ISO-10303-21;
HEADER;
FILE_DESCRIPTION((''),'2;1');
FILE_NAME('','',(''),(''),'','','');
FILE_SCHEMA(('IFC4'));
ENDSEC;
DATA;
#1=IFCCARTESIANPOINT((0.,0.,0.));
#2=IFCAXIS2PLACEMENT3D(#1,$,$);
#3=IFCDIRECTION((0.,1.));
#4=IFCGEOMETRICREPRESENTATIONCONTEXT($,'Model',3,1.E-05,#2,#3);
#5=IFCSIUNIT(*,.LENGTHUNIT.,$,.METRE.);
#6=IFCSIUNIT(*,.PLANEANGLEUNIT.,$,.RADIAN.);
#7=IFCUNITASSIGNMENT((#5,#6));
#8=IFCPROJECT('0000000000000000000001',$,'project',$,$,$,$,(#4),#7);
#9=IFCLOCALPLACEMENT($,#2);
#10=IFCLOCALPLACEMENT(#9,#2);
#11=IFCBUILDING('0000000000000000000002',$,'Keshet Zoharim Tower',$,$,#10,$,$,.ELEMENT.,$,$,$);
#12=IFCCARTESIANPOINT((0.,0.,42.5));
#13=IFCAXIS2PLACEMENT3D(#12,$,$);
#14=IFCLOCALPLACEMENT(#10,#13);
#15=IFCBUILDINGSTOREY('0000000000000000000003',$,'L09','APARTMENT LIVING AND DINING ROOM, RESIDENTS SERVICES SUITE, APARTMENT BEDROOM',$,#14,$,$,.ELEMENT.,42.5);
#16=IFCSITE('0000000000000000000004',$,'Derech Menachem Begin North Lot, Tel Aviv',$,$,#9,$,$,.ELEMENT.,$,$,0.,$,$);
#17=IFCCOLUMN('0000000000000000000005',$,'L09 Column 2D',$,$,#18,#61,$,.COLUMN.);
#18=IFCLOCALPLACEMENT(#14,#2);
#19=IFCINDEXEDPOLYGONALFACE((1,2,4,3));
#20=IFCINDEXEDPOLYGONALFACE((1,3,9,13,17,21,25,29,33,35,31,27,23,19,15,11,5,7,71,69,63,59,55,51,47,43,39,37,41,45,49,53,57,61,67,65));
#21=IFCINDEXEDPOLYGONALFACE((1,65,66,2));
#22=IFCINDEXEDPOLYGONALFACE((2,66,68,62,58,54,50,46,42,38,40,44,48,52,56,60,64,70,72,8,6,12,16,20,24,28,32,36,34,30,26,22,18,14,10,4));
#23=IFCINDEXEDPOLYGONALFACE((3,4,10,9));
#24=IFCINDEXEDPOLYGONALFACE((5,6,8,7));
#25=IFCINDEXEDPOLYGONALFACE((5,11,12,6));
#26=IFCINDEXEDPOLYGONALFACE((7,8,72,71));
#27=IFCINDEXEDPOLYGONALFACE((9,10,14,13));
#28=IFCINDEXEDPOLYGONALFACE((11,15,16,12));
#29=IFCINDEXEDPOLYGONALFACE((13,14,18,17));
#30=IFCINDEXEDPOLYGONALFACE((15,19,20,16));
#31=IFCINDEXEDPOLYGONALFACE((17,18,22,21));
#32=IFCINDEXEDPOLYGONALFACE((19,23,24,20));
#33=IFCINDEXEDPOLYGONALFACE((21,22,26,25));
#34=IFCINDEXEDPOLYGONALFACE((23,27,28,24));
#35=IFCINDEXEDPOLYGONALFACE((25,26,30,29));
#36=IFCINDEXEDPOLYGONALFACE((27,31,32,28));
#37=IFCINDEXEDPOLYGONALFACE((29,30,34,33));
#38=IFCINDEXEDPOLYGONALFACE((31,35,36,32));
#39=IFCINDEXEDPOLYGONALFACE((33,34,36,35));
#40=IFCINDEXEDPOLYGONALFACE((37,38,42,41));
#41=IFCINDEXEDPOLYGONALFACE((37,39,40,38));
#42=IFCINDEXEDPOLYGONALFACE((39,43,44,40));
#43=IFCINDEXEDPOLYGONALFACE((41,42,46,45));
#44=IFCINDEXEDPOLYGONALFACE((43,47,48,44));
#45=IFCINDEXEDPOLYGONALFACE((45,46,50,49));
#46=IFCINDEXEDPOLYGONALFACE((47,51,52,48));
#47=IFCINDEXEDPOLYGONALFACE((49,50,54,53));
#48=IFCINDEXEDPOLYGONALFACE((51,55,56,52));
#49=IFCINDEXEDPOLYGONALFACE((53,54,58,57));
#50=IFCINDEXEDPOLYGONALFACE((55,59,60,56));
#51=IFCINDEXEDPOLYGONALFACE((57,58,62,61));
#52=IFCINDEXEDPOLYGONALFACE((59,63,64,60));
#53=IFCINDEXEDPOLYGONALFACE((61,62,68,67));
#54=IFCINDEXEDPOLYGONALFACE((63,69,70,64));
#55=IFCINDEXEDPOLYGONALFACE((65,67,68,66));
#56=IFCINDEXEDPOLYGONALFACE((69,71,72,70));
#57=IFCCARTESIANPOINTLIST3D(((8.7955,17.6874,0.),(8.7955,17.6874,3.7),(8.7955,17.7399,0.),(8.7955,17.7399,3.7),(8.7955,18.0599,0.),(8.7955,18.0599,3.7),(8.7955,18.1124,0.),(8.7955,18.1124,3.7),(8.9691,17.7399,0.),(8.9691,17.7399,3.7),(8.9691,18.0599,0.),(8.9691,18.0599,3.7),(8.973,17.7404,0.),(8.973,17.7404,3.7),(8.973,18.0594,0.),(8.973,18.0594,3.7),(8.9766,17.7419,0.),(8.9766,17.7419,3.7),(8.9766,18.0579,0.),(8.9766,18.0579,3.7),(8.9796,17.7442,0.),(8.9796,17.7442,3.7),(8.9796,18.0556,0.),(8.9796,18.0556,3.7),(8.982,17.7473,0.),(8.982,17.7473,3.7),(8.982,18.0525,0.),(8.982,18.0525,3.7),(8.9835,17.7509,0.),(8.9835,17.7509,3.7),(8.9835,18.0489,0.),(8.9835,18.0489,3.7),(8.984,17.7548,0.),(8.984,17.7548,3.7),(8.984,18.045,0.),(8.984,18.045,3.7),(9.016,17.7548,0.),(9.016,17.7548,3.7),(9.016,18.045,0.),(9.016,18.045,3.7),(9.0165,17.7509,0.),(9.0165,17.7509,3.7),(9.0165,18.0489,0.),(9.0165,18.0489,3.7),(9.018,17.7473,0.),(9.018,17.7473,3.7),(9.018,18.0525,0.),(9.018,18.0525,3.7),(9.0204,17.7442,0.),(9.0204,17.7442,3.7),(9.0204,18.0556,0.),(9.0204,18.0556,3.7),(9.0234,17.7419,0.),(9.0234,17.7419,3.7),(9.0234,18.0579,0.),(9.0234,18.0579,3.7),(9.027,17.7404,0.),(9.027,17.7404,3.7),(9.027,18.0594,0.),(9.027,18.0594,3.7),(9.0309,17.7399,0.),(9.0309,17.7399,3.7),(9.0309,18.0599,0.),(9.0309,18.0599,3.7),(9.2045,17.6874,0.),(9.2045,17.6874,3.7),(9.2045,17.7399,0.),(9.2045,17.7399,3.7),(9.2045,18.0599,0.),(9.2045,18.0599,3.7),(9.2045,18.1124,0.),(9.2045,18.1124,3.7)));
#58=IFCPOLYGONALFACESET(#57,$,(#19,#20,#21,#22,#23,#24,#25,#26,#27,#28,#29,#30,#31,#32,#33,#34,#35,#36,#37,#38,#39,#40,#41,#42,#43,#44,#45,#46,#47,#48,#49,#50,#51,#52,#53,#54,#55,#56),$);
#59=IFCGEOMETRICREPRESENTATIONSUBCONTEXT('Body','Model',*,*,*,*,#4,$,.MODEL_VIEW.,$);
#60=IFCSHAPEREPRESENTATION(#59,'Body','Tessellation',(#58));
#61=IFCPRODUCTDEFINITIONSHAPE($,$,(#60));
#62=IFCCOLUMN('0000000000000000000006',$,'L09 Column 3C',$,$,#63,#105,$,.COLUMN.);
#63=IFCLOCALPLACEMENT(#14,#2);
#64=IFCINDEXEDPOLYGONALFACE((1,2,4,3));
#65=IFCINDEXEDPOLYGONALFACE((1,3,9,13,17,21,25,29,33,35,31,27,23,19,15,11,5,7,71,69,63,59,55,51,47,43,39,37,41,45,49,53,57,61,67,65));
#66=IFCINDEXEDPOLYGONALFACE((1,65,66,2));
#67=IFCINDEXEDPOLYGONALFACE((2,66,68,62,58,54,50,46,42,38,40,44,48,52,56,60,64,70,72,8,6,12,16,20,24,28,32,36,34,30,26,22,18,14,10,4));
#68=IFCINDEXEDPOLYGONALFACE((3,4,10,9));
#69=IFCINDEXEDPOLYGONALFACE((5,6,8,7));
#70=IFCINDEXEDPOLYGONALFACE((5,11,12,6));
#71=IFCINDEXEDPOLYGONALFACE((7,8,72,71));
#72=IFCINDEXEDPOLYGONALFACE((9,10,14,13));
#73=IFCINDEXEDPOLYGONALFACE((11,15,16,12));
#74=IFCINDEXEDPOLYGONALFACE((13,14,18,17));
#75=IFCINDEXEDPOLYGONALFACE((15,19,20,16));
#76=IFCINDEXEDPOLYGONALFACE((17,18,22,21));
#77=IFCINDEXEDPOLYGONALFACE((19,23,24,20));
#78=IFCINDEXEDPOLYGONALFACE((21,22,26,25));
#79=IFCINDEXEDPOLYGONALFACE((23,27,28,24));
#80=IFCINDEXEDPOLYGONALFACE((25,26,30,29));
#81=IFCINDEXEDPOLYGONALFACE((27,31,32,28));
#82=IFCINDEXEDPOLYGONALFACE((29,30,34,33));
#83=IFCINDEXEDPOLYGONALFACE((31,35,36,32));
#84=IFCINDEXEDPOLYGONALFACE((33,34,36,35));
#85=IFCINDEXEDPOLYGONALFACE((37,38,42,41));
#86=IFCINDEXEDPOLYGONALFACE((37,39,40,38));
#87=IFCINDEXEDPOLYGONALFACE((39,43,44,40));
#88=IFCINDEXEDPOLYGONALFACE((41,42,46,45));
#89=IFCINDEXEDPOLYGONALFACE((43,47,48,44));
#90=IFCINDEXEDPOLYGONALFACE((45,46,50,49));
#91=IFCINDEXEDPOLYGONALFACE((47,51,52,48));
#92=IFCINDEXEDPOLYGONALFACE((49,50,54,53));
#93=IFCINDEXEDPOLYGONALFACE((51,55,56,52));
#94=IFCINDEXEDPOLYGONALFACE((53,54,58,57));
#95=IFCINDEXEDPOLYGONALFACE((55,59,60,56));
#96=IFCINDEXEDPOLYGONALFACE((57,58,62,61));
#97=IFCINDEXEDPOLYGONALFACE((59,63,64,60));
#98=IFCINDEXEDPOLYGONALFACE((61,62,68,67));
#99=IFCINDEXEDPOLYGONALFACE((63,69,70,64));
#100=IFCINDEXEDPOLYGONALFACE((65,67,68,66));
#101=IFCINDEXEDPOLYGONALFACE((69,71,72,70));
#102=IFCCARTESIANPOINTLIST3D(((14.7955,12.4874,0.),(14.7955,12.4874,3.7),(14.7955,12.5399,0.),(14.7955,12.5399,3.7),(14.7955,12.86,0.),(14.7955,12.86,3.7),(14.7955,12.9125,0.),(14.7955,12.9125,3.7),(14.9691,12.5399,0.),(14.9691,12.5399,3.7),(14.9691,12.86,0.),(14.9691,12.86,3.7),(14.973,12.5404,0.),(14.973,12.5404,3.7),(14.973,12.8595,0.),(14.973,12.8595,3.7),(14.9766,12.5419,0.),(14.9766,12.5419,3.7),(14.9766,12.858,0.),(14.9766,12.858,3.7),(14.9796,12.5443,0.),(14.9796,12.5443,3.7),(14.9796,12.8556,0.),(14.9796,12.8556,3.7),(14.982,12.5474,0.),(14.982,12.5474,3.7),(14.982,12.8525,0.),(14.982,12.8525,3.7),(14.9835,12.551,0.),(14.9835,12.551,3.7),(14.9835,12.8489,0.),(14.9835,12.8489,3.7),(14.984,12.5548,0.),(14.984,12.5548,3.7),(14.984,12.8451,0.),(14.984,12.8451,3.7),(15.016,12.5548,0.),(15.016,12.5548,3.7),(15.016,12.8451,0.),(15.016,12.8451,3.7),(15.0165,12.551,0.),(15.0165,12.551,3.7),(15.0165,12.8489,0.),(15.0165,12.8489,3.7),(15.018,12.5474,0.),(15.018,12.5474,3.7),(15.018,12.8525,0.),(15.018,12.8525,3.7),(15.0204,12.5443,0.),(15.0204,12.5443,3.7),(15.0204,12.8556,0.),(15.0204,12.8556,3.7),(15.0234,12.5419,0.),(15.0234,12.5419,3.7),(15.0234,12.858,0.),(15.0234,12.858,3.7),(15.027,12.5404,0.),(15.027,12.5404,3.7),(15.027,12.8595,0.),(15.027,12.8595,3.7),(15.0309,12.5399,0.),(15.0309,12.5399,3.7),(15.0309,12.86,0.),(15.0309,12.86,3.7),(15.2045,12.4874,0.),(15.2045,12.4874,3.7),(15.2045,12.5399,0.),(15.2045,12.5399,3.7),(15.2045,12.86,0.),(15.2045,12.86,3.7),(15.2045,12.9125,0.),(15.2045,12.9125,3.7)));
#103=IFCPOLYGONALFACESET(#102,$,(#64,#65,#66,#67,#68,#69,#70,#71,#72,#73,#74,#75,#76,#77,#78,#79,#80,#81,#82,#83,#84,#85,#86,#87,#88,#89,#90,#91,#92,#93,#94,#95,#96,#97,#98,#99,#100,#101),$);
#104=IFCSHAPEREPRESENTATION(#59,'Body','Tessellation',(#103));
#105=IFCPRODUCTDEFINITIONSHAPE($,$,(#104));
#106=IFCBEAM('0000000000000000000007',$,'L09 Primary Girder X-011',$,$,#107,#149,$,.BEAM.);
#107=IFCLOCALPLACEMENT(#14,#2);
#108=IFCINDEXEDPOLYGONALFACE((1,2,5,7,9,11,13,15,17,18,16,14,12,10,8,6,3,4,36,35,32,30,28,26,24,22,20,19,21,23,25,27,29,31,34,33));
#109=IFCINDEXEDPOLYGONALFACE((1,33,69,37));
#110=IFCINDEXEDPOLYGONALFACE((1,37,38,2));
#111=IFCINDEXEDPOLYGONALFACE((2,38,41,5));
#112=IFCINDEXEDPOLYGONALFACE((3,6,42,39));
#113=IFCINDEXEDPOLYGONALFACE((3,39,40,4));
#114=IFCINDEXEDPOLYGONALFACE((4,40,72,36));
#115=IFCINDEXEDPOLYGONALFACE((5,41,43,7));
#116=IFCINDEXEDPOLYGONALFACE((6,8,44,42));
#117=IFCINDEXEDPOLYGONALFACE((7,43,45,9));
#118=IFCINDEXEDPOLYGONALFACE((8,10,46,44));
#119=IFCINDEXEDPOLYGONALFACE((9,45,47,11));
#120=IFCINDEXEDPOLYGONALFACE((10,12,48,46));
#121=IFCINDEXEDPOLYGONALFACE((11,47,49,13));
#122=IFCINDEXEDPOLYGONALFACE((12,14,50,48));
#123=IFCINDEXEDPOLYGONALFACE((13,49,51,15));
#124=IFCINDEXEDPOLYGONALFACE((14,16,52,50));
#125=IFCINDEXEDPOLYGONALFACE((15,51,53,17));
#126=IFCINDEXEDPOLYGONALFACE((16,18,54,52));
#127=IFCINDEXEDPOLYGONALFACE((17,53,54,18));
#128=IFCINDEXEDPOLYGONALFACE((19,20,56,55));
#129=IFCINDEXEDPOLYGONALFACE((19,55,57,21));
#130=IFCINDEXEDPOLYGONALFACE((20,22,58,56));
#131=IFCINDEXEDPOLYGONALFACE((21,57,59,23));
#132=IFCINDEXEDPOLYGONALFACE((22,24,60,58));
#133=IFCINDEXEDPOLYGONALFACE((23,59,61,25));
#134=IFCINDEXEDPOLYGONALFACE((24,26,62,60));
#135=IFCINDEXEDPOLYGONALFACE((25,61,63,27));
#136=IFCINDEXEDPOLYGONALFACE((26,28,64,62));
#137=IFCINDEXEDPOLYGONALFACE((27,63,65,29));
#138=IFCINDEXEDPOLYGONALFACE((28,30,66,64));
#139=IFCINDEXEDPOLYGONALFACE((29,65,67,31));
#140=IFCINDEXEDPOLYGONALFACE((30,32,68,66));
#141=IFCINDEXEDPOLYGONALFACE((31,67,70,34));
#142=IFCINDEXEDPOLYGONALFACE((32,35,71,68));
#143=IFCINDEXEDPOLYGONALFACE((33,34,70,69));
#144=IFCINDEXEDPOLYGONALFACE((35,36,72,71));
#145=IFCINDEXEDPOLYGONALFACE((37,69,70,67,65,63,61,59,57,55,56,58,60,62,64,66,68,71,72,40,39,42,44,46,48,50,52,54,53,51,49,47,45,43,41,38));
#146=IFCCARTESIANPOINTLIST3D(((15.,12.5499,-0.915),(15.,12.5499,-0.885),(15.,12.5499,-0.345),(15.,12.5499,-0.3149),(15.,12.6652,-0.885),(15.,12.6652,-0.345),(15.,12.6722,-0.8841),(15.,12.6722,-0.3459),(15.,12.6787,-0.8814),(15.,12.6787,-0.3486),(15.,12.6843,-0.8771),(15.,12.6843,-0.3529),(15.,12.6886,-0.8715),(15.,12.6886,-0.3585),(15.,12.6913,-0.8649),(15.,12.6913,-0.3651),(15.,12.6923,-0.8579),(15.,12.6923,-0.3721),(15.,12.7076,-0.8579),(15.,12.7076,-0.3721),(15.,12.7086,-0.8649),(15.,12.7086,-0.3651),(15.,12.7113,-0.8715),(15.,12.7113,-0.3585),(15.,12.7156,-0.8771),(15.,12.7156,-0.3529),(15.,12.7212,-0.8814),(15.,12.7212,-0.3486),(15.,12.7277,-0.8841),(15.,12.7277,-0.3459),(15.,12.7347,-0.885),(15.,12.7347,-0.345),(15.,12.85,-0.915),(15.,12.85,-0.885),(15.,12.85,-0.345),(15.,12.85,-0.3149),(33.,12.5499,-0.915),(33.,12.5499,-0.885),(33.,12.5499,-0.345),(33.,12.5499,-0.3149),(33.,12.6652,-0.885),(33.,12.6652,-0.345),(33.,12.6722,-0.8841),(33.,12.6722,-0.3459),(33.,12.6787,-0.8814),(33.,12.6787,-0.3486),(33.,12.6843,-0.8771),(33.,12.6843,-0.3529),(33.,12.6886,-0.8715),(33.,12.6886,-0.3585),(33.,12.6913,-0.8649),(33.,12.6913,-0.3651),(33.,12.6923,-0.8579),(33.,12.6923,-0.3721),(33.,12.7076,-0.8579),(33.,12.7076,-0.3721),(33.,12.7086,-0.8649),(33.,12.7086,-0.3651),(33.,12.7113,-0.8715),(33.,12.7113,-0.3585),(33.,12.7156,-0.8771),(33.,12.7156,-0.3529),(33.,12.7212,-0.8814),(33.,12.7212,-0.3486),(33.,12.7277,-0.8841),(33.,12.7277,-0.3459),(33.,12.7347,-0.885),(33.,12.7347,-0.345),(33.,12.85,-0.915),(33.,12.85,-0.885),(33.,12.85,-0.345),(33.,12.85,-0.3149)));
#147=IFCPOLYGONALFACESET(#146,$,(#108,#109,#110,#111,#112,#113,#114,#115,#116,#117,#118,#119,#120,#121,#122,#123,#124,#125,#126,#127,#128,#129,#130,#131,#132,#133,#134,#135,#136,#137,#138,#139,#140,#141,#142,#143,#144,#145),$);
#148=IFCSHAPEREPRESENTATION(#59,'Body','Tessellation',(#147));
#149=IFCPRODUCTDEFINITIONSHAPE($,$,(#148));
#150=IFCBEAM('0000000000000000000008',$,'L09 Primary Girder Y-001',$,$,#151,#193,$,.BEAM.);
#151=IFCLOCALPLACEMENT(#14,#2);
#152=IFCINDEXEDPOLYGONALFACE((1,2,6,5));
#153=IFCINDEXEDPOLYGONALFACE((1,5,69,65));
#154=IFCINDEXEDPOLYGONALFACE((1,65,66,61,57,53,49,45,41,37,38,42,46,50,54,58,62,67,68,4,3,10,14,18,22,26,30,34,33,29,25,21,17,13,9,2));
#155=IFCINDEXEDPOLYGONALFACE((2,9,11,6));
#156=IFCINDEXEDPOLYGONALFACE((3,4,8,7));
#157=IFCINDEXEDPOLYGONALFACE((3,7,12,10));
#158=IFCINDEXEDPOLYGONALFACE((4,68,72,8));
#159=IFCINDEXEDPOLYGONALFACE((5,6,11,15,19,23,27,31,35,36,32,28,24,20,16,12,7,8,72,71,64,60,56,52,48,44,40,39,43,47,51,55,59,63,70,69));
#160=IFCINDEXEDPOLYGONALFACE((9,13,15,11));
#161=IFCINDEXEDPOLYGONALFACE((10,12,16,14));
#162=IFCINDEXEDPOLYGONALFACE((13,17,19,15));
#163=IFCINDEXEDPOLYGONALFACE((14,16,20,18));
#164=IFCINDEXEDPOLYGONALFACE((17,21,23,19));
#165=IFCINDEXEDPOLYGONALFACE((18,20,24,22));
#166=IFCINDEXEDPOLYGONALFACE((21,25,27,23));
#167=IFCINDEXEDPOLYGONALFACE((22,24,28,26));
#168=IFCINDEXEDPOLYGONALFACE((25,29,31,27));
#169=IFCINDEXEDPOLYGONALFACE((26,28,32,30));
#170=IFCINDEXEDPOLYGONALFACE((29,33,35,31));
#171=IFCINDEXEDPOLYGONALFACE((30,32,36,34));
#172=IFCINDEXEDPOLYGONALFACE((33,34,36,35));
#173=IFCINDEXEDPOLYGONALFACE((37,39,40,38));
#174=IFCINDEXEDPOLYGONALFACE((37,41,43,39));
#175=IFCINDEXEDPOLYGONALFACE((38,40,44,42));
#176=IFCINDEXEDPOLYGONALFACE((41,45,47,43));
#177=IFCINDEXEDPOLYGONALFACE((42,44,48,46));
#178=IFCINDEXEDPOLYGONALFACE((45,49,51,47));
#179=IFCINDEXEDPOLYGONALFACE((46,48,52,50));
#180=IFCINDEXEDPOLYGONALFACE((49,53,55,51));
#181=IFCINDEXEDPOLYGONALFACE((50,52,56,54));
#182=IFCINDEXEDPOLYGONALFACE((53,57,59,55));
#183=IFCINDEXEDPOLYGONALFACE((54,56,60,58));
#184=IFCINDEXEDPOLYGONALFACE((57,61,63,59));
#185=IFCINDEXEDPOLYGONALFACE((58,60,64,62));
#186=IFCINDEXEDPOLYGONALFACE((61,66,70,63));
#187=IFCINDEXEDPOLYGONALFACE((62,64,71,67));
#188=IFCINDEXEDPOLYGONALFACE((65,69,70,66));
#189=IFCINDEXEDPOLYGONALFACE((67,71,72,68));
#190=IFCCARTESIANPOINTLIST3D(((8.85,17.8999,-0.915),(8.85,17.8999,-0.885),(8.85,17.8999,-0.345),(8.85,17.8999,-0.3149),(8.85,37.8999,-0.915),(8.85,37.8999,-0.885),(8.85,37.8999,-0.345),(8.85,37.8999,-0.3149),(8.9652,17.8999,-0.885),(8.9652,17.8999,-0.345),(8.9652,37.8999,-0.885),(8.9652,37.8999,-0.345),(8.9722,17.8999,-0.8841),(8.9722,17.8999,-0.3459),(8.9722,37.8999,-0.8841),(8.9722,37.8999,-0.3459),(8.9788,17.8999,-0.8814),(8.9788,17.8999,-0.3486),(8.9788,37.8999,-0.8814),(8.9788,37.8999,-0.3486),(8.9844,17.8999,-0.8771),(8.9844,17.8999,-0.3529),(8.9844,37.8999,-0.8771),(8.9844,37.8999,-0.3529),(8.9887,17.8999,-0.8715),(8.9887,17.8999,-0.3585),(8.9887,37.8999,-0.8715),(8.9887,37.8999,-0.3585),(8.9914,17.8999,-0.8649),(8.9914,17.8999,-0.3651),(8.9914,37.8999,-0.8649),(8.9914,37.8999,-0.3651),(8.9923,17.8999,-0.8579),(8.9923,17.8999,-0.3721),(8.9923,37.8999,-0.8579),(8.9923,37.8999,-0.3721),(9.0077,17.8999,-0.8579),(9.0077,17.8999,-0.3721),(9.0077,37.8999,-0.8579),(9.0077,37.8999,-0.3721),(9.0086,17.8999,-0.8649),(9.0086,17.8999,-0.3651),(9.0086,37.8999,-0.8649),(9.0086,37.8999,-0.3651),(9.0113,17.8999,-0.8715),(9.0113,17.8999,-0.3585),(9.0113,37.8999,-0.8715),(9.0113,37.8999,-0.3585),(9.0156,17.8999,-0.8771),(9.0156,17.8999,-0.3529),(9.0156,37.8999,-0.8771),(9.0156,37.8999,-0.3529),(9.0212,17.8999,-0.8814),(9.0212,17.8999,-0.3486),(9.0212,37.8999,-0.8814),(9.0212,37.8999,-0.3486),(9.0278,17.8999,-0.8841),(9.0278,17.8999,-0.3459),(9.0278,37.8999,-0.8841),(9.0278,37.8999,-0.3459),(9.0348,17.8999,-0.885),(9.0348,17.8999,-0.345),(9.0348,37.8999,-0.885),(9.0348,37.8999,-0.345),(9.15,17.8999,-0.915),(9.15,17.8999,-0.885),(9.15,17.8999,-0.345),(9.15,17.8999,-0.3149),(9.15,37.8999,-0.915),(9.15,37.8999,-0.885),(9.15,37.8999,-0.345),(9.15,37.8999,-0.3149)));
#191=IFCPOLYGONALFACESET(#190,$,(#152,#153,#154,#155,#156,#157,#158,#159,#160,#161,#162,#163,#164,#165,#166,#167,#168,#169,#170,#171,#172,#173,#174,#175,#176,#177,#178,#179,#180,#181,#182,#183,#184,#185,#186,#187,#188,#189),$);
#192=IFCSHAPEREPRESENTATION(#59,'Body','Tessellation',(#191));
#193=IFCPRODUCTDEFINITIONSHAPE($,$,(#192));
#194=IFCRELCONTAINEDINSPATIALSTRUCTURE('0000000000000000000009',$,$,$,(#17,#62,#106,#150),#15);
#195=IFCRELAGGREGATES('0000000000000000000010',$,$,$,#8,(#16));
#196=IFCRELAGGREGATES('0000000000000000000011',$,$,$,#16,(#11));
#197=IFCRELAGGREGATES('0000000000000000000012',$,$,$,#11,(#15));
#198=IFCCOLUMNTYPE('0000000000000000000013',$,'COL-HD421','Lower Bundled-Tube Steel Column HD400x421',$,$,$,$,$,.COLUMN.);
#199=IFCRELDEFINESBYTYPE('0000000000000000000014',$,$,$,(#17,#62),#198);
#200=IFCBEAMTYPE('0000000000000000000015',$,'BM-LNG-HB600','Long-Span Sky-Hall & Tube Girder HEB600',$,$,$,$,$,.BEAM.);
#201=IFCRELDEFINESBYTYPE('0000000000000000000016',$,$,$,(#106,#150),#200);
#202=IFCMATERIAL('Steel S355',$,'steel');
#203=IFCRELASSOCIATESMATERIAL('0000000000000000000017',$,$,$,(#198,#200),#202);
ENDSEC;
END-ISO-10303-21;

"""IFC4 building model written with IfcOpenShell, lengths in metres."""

from ifc_helpers import new_model, si_unit, direction, frame, origin, origin_2d, place, context, subcontext, project, spatial, i_section, extrude, material, material_profile, profile_set, type_object, element, save


model = new_model("IFC4")

# Units and contexts
model_context = context("Model", 3, precision=1e-05, world=origin(), true_north=direction((0.0, 1.0)))
body_context = subcontext(model_context, "Body", "Model", "MODEL_VIEW")
ifc_project = project(units=[si_unit("LENGTHUNIT", "METRE"), si_unit("PLANEANGLEUNIT", "RADIAN")], contexts=[model_context])

# Site, building, storey
site_placement = place(None, origin())
site = spatial("IfcSite", under=ifc_project, at=site_placement, Name="Derech Menachem Begin North Lot, Tel Aviv", CompositionType="ELEMENT", RefElevation=0.0)
building_placement = place(site_placement, origin())
building = spatial("IfcBuilding", under=site, at=building_placement, Name="Keshet Zoharim Tower", CompositionType="ELEMENT")
storey_placement = place(building_placement, frame((0.0, 0.0, 42.5)))
storey = spatial("IfcBuildingStorey", under=building, at=storey_placement, Name="L09", Description="APARTMENT LIVING AND DINING ROOM, RESIDENTS SERVICES SUITE, APARTMENT BEDROOM", CompositionType="ELEMENT", Elevation=42.5)

# Columns
ifc_material_1 = material(Name="Steel S355", Category="steel")
ifc_material_profile_1 = material_profile(ifc_material_1, i_section(OverallWidth=0.4089, OverallDepth=0.425, WebThickness=0.032, FlangeThickness=0.0525, FilletRadius=0.0149, at=origin_2d()), Name="HD400x421")
ifc_profile_set_1 = profile_set([ifc_material_profile_1], Name="Steel S355")
column_type = type_object("IfcColumnType", Name="COL-HD421", Description="Lower Bundled-Tube Steel Column HD400x421", PredefinedType="COLUMN", material=ifc_profile_set_1)
for number, where, z_axis, x_axis, name in (
    (1, (9.0, 17.8999, 0.0), (0.0, 0.0, 1.0), (1.0, 0.0, 0.0), "L09 Column 2D"),
    (2, (15.0, 12.7, 0.0), (0.0, 0.0, 1.0), (1.0, 0.0, 0.0), "L09 Column 3C"),
):
    element("IfcColumn", number, at=place(storey_placement, frame(where, z_axis=z_axis, x_axis=x_axis)), inside=storey, type_object=column_type, Name=name, PredefinedType="COLUMN", context=body_context, shape_type="SweptSolid", body=[
        extrude(i_section(OverallWidth=0.4089, OverallDepth=0.425, WebThickness=0.032, FlangeThickness=0.0525, FilletRadius=0.0149, at=origin_2d()), origin(), (0.0, 0.0, 1.0), 3.7),
    ])

# Beams
ifc_material_profile_2 = material_profile(ifc_material_1, i_section(OverallWidth=0.3, OverallDepth=0.6001, WebThickness=0.0154, FlangeThickness=0.03, FilletRadius=0.0271, at=origin_2d()), Name="HEB600")
ifc_profile_set_2 = profile_set([ifc_material_profile_2], Name="Steel S355")
beam_type_1 = type_object("IfcBeamType", Name="BM-LNG-HB600", Description="Long-Span Sky-Hall & Tube Girder HEB600", PredefinedType="BEAM", material=ifc_profile_set_2)
beam_1_placement = place(storey_placement, frame((15.0, 12.7, -0.615), z_axis=(1.0, 0.0, 0.0), x_axis=(0.0, 1.0, 0.0)))
element("IfcBeam", 3, at=beam_1_placement, inside=storey, type_object=beam_type_1, Name="L09 Primary Girder X-011", PredefinedType="BEAM", context=body_context, shape_type="SweptSolid", body=[
    extrude(i_section(OverallWidth=0.3, OverallDepth=0.6001, WebThickness=0.0154, FlangeThickness=0.03, FilletRadius=0.0271, at=origin_2d()), origin(), (0.0, 0.0, 1.0), 18.0),
])
beam_2_placement = place(storey_placement, frame((9.0, 17.8999, -0.615), z_axis=(0.0, 1.0, 0.0), x_axis=(-1.0, 0.0, 0.0)))
element("IfcBeam", 4, at=beam_2_placement, inside=storey, type_object=beam_type_1, Name="L09 Primary Girder Y-001", PredefinedType="BEAM", context=body_context, shape_type="SweptSolid", body=[
    extrude(i_section(OverallWidth=0.3, OverallDepth=0.6001, WebThickness=0.0154, FlangeThickness=0.03, FilletRadius=0.0271, at=origin_2d()), origin(), (0.0, 0.0, 1.0), 20.0),
])

save(model, "model.ifc")
